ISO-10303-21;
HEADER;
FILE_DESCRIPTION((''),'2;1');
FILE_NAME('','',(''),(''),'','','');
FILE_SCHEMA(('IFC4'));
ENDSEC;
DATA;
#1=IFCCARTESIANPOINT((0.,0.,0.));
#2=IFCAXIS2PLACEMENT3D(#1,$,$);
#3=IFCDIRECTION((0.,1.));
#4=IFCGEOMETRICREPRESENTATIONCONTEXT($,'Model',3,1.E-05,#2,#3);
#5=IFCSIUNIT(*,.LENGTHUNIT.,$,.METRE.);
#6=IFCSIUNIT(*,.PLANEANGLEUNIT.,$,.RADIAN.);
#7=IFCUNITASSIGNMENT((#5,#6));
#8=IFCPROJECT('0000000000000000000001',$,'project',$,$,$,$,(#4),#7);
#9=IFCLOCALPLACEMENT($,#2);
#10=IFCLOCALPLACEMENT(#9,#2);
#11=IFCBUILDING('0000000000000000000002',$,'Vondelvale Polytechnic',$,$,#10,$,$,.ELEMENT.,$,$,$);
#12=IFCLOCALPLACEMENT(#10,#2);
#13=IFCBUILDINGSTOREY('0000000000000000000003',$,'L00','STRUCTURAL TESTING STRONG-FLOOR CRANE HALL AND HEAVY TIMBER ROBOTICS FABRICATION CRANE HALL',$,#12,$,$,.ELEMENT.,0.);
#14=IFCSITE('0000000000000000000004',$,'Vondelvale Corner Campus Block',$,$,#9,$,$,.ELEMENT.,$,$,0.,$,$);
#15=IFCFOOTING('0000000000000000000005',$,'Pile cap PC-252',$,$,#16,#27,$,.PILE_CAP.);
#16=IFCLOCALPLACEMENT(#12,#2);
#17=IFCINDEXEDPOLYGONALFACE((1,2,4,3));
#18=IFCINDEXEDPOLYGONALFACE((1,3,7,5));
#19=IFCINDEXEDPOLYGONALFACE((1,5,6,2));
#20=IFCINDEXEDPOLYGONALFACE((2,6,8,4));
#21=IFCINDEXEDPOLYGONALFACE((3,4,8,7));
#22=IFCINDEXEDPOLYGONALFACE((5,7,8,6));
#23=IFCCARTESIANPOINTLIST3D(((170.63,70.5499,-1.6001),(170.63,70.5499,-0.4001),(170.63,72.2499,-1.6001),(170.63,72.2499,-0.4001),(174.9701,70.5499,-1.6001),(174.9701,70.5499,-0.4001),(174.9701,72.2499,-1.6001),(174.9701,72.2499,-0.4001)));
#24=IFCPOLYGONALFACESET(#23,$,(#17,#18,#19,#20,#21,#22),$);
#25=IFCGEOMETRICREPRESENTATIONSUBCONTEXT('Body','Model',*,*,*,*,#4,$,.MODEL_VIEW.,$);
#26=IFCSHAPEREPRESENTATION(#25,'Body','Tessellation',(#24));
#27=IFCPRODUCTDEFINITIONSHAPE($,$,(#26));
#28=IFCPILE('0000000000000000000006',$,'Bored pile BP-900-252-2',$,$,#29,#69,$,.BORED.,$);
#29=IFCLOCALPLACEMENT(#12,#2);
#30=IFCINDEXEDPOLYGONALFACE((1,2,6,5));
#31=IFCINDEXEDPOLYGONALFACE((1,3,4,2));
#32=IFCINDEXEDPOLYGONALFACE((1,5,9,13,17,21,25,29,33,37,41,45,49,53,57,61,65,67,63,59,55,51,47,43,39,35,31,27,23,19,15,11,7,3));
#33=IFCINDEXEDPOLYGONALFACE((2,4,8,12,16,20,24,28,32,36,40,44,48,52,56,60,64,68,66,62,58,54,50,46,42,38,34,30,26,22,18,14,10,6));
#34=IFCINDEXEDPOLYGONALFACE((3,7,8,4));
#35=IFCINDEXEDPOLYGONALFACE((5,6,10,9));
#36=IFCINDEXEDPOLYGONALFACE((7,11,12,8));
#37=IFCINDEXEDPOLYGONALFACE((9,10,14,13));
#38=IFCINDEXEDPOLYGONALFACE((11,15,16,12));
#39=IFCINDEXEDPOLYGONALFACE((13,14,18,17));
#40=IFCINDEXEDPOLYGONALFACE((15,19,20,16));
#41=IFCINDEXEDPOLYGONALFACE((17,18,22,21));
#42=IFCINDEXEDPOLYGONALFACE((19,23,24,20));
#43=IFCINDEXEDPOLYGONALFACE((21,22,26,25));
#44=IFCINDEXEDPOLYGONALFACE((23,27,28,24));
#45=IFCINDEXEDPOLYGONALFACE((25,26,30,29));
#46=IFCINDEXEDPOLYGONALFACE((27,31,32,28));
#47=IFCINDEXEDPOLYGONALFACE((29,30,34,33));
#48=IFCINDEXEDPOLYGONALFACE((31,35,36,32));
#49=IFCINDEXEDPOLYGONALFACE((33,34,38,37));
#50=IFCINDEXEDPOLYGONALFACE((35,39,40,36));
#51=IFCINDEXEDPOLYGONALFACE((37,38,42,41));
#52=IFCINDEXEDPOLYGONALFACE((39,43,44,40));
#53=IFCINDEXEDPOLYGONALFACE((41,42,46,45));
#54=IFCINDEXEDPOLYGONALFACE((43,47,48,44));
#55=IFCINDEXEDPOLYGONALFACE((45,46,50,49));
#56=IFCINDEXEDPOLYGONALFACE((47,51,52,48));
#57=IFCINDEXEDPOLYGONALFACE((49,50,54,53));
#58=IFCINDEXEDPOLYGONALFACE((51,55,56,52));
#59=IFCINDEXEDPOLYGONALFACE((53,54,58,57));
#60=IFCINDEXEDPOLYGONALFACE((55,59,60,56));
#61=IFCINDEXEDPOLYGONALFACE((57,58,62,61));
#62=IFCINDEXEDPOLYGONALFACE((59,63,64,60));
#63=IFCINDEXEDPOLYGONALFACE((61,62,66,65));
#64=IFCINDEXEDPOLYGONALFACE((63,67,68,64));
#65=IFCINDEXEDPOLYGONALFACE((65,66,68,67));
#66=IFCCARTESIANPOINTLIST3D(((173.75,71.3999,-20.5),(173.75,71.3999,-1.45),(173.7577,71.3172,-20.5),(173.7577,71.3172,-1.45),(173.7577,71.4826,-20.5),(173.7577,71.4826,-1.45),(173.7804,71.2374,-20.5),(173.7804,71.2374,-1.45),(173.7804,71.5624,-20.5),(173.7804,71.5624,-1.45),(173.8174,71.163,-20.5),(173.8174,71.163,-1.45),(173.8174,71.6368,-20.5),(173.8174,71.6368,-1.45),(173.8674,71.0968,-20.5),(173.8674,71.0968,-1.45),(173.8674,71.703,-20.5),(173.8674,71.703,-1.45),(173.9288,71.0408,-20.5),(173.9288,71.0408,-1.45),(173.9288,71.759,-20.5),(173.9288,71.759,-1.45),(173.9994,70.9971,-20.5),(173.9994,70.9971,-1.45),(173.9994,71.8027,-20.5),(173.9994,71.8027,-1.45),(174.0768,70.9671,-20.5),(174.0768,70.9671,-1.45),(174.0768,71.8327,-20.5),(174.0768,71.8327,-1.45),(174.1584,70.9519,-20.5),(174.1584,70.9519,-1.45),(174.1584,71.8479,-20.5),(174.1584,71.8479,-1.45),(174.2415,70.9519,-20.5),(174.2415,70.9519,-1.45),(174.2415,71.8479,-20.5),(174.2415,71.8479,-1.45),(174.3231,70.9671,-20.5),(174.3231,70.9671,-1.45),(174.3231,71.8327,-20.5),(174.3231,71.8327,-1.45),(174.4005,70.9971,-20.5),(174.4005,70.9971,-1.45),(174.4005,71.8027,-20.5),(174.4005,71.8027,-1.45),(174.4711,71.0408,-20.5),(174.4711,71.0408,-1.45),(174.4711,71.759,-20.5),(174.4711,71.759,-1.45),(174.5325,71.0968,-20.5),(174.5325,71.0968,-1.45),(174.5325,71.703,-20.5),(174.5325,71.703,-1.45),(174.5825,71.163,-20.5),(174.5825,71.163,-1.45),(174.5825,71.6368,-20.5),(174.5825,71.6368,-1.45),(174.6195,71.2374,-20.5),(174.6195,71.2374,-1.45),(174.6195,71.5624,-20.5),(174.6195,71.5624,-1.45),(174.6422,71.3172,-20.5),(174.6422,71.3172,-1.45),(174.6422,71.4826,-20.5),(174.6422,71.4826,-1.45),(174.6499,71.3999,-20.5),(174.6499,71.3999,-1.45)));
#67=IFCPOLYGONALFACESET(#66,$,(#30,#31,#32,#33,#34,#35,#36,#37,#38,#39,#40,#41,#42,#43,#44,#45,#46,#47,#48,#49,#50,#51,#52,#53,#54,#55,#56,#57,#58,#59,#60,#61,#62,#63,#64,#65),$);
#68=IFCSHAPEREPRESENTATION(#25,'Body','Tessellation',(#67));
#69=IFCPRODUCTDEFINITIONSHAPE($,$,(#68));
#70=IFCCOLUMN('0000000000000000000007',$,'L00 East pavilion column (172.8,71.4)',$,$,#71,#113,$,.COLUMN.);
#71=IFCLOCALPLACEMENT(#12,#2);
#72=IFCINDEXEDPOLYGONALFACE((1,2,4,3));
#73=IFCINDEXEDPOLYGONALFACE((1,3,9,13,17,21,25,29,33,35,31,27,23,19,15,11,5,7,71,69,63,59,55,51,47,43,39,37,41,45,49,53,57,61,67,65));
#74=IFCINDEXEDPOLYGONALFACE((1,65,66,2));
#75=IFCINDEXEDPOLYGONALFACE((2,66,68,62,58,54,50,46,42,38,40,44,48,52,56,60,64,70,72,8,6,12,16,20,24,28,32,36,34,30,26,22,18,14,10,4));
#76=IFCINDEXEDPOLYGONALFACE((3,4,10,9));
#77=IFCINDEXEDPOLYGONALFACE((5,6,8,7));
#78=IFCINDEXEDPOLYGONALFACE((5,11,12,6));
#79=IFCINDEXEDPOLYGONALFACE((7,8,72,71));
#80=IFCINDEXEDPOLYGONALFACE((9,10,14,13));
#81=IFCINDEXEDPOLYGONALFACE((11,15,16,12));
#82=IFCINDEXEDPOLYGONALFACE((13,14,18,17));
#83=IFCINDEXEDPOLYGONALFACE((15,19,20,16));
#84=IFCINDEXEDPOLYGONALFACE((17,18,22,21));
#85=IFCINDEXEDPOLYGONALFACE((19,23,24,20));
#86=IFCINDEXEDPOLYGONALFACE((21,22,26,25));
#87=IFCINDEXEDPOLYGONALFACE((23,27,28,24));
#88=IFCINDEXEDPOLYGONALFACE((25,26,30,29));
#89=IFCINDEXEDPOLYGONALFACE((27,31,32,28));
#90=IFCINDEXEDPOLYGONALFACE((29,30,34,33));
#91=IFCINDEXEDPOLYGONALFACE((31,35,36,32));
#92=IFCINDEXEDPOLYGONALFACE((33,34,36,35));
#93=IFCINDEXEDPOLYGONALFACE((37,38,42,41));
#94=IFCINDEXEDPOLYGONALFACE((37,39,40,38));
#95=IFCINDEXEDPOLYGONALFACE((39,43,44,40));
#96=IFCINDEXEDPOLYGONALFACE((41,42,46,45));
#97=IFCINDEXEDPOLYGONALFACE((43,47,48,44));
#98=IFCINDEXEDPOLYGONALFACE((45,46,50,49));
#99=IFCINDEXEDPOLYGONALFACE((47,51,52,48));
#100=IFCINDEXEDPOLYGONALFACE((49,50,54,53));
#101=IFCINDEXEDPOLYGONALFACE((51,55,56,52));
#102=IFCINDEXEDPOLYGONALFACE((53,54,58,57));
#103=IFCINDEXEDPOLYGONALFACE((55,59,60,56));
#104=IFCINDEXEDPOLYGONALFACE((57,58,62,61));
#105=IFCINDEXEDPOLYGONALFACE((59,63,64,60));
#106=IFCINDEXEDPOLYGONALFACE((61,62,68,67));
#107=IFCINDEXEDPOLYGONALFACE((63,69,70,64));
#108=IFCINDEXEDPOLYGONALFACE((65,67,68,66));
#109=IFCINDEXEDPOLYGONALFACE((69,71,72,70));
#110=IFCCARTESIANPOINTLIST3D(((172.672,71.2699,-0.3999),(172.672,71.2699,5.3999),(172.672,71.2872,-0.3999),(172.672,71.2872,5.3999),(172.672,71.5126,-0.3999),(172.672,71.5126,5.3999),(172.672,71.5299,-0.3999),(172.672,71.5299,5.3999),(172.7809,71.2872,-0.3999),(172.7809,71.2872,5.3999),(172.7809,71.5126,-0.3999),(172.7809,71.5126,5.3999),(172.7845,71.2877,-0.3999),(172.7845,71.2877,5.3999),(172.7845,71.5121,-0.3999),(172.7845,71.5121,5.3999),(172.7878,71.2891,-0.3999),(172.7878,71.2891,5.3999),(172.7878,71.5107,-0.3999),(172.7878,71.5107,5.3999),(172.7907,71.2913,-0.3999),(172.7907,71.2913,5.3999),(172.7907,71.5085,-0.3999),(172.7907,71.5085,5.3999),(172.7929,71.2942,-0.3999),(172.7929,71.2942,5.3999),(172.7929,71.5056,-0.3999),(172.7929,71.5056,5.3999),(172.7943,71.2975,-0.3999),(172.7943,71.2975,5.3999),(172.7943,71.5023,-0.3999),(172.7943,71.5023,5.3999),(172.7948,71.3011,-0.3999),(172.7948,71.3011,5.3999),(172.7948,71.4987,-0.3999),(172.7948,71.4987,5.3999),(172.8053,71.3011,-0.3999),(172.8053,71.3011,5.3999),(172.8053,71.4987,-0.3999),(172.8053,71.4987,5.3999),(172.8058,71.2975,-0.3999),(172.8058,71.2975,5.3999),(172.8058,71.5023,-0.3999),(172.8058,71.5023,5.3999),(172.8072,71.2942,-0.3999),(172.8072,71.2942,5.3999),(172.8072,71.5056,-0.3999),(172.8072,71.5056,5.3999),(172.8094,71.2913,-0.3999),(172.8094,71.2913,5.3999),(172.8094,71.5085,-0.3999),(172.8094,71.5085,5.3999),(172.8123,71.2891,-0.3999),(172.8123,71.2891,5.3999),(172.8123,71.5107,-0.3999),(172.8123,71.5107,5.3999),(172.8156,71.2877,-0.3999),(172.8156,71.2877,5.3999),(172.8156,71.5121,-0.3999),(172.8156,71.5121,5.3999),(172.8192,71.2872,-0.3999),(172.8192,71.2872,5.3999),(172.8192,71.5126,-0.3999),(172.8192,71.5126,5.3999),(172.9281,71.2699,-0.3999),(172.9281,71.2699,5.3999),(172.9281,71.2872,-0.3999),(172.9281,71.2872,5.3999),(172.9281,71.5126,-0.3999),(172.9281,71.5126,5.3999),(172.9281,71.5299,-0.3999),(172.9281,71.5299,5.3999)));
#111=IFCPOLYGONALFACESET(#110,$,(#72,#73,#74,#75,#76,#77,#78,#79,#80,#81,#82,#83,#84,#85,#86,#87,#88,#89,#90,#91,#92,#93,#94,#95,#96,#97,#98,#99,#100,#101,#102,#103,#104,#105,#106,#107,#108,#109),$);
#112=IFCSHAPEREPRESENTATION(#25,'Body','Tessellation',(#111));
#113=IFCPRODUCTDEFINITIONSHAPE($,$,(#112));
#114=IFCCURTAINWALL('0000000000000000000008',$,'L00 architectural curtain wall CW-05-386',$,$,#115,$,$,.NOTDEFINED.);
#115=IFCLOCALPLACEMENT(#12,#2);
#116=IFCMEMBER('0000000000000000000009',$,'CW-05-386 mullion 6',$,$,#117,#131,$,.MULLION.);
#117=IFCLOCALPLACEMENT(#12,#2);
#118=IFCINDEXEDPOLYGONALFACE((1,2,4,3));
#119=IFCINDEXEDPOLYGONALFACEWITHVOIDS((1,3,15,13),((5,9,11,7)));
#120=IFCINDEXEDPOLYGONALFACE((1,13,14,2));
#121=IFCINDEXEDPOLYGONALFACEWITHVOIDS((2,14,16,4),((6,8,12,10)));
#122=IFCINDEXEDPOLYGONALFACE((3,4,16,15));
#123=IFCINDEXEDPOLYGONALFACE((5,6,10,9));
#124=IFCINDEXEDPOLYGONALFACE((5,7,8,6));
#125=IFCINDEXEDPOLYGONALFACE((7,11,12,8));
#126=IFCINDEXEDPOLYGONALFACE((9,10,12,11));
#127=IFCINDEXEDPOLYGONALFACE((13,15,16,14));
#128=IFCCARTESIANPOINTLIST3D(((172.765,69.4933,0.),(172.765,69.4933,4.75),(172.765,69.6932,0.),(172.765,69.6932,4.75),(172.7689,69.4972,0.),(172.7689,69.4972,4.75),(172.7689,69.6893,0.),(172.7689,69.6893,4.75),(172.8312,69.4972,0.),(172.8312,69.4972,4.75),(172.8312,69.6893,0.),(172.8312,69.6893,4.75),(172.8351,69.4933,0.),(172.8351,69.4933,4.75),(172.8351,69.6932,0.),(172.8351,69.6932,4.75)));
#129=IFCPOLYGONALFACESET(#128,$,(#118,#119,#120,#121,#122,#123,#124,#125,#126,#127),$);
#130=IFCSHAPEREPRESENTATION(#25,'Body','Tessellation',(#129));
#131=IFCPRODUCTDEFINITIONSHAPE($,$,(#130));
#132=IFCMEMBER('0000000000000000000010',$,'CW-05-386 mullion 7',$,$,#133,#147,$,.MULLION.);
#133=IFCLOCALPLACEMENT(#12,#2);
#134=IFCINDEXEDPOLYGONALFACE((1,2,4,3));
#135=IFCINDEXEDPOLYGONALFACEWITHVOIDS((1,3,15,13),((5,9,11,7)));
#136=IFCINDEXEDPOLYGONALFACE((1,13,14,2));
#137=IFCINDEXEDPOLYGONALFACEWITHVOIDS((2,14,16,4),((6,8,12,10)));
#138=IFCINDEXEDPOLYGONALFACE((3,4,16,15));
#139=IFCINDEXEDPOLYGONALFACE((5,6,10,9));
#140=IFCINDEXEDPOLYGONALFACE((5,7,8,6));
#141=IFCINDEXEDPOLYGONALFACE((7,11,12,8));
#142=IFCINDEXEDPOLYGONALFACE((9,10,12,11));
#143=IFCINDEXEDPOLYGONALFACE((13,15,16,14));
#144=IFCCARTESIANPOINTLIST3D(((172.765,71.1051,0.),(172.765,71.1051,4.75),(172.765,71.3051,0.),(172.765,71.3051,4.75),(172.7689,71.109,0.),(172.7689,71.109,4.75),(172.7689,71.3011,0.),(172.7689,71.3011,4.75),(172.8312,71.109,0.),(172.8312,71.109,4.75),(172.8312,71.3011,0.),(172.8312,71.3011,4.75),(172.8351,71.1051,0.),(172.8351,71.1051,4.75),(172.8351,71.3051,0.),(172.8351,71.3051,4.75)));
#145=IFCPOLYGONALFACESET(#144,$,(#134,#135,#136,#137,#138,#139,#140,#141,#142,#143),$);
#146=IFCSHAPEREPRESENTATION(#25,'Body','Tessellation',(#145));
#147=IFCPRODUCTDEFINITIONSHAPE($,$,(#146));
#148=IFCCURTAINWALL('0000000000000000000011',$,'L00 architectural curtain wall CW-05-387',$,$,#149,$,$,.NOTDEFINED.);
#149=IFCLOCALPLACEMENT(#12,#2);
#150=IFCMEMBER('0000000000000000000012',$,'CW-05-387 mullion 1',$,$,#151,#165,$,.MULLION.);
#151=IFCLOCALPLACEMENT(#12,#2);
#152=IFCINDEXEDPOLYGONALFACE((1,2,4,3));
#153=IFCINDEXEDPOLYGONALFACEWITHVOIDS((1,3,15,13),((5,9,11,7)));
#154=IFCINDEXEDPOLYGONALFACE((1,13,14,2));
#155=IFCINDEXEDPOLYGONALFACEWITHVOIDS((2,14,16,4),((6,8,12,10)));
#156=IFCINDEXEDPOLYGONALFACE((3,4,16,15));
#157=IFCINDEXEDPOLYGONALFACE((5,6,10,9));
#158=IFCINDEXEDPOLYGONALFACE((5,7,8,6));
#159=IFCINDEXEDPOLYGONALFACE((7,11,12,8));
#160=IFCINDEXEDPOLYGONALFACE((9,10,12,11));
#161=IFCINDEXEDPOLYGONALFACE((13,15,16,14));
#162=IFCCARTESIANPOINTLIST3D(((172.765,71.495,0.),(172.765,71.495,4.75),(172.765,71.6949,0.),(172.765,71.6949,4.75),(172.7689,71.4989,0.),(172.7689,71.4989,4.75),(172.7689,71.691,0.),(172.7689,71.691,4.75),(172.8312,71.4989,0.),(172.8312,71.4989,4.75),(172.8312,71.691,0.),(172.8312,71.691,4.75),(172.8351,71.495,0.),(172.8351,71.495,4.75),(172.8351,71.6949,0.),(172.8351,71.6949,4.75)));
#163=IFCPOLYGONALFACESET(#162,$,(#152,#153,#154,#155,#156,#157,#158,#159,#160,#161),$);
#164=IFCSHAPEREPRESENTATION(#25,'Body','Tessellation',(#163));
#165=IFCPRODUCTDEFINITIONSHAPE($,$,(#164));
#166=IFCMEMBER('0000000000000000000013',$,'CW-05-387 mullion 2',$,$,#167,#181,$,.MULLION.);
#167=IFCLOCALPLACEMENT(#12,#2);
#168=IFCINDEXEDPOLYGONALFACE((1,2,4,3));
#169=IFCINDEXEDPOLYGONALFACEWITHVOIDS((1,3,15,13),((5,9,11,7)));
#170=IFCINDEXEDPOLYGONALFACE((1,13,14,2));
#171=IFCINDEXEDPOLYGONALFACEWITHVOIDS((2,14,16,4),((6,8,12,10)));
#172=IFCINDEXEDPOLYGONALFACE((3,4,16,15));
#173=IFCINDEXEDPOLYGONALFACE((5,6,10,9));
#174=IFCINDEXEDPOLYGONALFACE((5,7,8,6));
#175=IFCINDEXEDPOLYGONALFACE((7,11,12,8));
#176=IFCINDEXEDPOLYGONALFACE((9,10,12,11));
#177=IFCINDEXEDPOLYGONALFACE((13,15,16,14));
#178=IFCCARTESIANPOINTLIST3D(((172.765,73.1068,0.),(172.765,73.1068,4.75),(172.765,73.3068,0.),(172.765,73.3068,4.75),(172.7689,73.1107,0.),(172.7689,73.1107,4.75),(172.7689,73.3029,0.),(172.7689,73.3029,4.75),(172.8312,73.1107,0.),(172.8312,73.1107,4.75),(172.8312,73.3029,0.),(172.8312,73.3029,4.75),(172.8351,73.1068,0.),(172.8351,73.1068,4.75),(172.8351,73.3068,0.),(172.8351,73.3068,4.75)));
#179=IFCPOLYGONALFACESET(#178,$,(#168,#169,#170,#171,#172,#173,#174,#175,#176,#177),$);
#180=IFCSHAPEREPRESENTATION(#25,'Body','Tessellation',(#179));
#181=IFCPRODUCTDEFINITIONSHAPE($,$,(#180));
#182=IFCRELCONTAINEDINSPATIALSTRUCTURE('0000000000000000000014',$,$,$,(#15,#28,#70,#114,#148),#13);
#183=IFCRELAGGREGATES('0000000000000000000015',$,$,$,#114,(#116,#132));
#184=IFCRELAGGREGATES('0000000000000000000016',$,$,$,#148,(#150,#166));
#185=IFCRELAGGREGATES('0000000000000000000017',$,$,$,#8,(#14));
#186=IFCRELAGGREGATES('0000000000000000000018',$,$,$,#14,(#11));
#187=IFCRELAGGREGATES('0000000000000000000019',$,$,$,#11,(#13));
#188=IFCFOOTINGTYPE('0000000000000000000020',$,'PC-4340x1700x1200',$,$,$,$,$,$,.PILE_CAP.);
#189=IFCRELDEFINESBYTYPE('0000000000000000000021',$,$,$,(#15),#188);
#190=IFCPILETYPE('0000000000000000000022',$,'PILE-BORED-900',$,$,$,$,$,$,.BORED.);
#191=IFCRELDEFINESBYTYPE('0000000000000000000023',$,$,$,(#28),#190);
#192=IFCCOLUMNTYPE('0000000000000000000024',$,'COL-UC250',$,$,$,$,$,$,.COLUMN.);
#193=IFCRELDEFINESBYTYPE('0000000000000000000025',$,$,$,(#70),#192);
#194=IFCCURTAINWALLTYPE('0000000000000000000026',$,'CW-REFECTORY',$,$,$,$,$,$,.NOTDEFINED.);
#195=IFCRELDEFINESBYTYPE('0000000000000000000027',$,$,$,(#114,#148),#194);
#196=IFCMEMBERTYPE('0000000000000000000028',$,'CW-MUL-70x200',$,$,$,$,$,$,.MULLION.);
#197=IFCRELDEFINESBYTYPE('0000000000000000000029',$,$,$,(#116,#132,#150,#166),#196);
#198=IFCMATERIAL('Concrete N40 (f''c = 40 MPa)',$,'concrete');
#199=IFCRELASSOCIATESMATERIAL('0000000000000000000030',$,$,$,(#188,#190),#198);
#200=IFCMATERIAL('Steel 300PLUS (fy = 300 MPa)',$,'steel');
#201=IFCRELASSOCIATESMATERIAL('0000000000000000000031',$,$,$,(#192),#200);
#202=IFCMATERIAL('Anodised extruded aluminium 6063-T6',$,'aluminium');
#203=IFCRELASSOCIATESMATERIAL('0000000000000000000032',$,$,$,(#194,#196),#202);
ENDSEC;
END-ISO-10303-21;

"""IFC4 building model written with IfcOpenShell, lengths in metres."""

from ifc_helpers import new_model, si_unit, direction, frame, origin, origin_2d, place, context, subcontext, project, spatial, rectangle, hollow_rectangle, circle, i_section, extrude, material, material_profile, profile_set, type_object, element, aggregate, save


model = new_model("IFC4")

# Units and contexts
model_context = context("Model", 3, precision=1e-05, world=origin(), true_north=direction((0.0, 1.0)))
body_context = subcontext(model_context, "Body", "Model", "MODEL_VIEW")
ifc_project = project(units=[si_unit("LENGTHUNIT", "METRE"), si_unit("PLANEANGLEUNIT", "RADIAN")], contexts=[model_context])

# Site, building, storey
site_placement = place(None, origin())
site = spatial("IfcSite", under=ifc_project, at=site_placement, Name="Vondelvale Corner Campus Block", CompositionType="ELEMENT", RefElevation=0.0)
building_placement = place(site_placement, origin())
building = spatial("IfcBuilding", under=site, at=building_placement, Name="Vondelvale Polytechnic", CompositionType="ELEMENT")
storey_placement = place(building_placement, origin())
storey = spatial("IfcBuildingStorey", under=building, at=storey_placement, Name="L00", Description="STRUCTURAL TESTING STRONG-FLOOR CRANE HALL AND HEAVY TIMBER ROBOTICS FABRICATION CRANE HALL", CompositionType="ELEMENT", Elevation=0.0)

# Footing
ifc_material_1 = material(Name="Concrete N40 (f'c = 40 MPa)", Category="concrete")
footing_type = type_object("IfcFootingType", Name="PC-4340x1700x1200", PredefinedType="PILE_CAP", material=ifc_material_1)
footing_placement = place(storey_placement, frame((172.8, 71.3999, -1.6001), z_axis=(0.0, 0.0, 1.0), x_axis=(1.0, 0.0, 0.0)))
element("IfcFooting", 1, at=footing_placement, inside=storey, type_object=footing_type, Name="Pile cap PC-252", PredefinedType="PILE_CAP", context=body_context, shape_type="SweptSolid", body=[
    extrude(rectangle(XDim=4.3401, YDim=1.7, at=origin_2d()), origin(), (0.0, 0.0, 1.0), 1.2),
])

# Pile
ifc_material_profile_1 = material_profile(ifc_material_1, circle(Radius=0.45, at=origin_2d()), Name="PILE-D900")
ifc_profile_set_1 = profile_set([ifc_material_profile_1], Name="Concrete N40 (f'c = 40 MPa)")
pile_type = type_object("IfcPileType", Name="PILE-BORED-900", PredefinedType="BORED", material=ifc_profile_set_1)
pile_placement = place(storey_placement, frame((174.2, 71.3999, -1.45), z_axis=(0.0, 0.0, -1.0), x_axis=(1.0, 0.0, 0.0)))
element("IfcPile", 2, at=pile_placement, inside=storey, type_object=pile_type, Name="Bored pile BP-900-252-2", PredefinedType="BORED", context=body_context, shape_type="SweptSolid", body=[
    extrude(circle(Radius=0.45, at=origin_2d()), origin(), (0.0, 0.0, 1.0), 19.05),
])

# Column
ifc_material_2 = material(Name="Steel 300PLUS (fy = 300 MPa)", Category="steel")
ifc_material_profile_2 = material_profile(ifc_material_2, i_section(OverallWidth=0.2561, OverallDepth=0.26, WebThickness=0.0105, FlangeThickness=0.0173, FilletRadius=0.0139, at=origin_2d()), Name="250UC89.5")
ifc_profile_set_2 = profile_set([ifc_material_profile_2], Name="Steel 300PLUS (fy = 300 MPa)")
column_type = type_object("IfcColumnType", Name="COL-UC250", PredefinedType="COLUMN", material=ifc_profile_set_2)
column_placement = place(storey_placement, frame((172.8, 71.3999, -0.3999), z_axis=(0.0, 0.0, 1.0), x_axis=(1.0, 0.0, 0.0)))
element("IfcColumn", 3, at=column_placement, inside=storey, type_object=column_type, Name="L00 East pavilion column (172.8,71.4)", PredefinedType="COLUMN", context=body_context, shape_type="SweptSolid", body=[
    extrude(i_section(OverallWidth=0.2561, OverallDepth=0.26, WebThickness=0.0105, FlangeThickness=0.0173, FilletRadius=0.0139, at=origin_2d()), origin(), (0.0, 0.0, 1.0), 5.7998),
])

# Curtain walls, members
ifc_material_3 = material(Name="Anodised extruded aluminium 6063-T6", Category="aluminium")
curtain_wall_type = type_object("IfcCurtainWallType", Name="CW-REFECTORY", PredefinedType="NOTDEFINED", material=ifc_material_3)
curtain_wall_1_placement = place(storey_placement, origin())
curtain_wall_1 = element("IfcCurtainWall", 4, at=curtain_wall_1_placement, inside=storey, type_object=curtain_wall_type, Name="L00 architectural curtain wall CW-05-386", PredefinedType="NOTDEFINED")
ifc_material_profile_3 = material_profile(ifc_material_3, hollow_rectangle(XDim=0.0701, YDim=0.2, WallThickness=0.0039, at=origin_2d()), Name="CW-MUL-200x70")
ifc_profile_set_3 = profile_set([ifc_material_profile_3], Name="Anodised extruded aluminium 6063-T6")
member_type_1 = type_object("IfcMemberType", Name="CW-MUL-70x200", PredefinedType="MULLION", material=ifc_profile_set_3)
member_1_placement = place(storey_placement, frame((172.8, 69.5933, 0.0), z_axis=(0.0, 0.0, 1.0), x_axis=(-1.0, 0.0, 0.0)))
member_1 = element("IfcMember", 5, at=member_1_placement, type_object=member_type_1, Name="CW-05-386 mullion 6", PredefinedType="MULLION", context=body_context, shape_type="SweptSolid", body=[
    extrude(hollow_rectangle(XDim=0.0701, YDim=0.2, WallThickness=0.0039, at=origin_2d()), origin(), (0.0, 0.0, 1.0), 4.75),
])
member_2_placement = place(storey_placement, frame((172.8, 71.2051, 0.0), z_axis=(0.0, 0.0, 1.0), x_axis=(-1.0, 0.0, 0.0)))
member_2 = element("IfcMember", 6, at=member_2_placement, type_object=member_type_1, Name="CW-05-386 mullion 7", PredefinedType="MULLION", context=body_context, shape_type="SweptSolid", body=[
    extrude(hollow_rectangle(XDim=0.0701, YDim=0.2, WallThickness=0.0039, at=origin_2d()), origin(), (0.0, 0.0, 1.0), 4.75),
])
curtain_wall_2_placement = place(storey_placement, origin())
curtain_wall_2 = element("IfcCurtainWall", 7, at=curtain_wall_2_placement, inside=storey, type_object=curtain_wall_type, Name="L00 architectural curtain wall CW-05-387", PredefinedType="NOTDEFINED")
member_3_placement = place(storey_placement, frame((172.8, 71.595, 0.0), z_axis=(0.0, 0.0, 1.0), x_axis=(-1.0, 0.0, 0.0)))
member_3 = element("IfcMember", 8, at=member_3_placement, type_object=member_type_1, Name="CW-05-387 mullion 1", PredefinedType="MULLION", context=body_context, shape_type="SweptSolid", body=[
    extrude(hollow_rectangle(XDim=0.0701, YDim=0.2, WallThickness=0.0039, at=origin_2d()), origin(), (0.0, 0.0, 1.0), 4.75),
])
member_4_placement = place(storey_placement, frame((172.8, 73.2068, 0.0), z_axis=(0.0, 0.0, 1.0), x_axis=(-1.0, 0.0, 0.0)))
member_4 = element("IfcMember", 9, at=member_4_placement, type_object=member_type_1, Name="CW-05-387 mullion 2", PredefinedType="MULLION", context=body_context, shape_type="SweptSolid", body=[
    extrude(hollow_rectangle(XDim=0.0701, YDim=0.2, WallThickness=0.0039, at=origin_2d()), origin(), (0.0, 0.0, 1.0), 4.75),
])

aggregate(curtain_wall_1, [member_1, member_2])
aggregate(curtain_wall_2, [member_3, member_4])

save(model, "model.ifc")
